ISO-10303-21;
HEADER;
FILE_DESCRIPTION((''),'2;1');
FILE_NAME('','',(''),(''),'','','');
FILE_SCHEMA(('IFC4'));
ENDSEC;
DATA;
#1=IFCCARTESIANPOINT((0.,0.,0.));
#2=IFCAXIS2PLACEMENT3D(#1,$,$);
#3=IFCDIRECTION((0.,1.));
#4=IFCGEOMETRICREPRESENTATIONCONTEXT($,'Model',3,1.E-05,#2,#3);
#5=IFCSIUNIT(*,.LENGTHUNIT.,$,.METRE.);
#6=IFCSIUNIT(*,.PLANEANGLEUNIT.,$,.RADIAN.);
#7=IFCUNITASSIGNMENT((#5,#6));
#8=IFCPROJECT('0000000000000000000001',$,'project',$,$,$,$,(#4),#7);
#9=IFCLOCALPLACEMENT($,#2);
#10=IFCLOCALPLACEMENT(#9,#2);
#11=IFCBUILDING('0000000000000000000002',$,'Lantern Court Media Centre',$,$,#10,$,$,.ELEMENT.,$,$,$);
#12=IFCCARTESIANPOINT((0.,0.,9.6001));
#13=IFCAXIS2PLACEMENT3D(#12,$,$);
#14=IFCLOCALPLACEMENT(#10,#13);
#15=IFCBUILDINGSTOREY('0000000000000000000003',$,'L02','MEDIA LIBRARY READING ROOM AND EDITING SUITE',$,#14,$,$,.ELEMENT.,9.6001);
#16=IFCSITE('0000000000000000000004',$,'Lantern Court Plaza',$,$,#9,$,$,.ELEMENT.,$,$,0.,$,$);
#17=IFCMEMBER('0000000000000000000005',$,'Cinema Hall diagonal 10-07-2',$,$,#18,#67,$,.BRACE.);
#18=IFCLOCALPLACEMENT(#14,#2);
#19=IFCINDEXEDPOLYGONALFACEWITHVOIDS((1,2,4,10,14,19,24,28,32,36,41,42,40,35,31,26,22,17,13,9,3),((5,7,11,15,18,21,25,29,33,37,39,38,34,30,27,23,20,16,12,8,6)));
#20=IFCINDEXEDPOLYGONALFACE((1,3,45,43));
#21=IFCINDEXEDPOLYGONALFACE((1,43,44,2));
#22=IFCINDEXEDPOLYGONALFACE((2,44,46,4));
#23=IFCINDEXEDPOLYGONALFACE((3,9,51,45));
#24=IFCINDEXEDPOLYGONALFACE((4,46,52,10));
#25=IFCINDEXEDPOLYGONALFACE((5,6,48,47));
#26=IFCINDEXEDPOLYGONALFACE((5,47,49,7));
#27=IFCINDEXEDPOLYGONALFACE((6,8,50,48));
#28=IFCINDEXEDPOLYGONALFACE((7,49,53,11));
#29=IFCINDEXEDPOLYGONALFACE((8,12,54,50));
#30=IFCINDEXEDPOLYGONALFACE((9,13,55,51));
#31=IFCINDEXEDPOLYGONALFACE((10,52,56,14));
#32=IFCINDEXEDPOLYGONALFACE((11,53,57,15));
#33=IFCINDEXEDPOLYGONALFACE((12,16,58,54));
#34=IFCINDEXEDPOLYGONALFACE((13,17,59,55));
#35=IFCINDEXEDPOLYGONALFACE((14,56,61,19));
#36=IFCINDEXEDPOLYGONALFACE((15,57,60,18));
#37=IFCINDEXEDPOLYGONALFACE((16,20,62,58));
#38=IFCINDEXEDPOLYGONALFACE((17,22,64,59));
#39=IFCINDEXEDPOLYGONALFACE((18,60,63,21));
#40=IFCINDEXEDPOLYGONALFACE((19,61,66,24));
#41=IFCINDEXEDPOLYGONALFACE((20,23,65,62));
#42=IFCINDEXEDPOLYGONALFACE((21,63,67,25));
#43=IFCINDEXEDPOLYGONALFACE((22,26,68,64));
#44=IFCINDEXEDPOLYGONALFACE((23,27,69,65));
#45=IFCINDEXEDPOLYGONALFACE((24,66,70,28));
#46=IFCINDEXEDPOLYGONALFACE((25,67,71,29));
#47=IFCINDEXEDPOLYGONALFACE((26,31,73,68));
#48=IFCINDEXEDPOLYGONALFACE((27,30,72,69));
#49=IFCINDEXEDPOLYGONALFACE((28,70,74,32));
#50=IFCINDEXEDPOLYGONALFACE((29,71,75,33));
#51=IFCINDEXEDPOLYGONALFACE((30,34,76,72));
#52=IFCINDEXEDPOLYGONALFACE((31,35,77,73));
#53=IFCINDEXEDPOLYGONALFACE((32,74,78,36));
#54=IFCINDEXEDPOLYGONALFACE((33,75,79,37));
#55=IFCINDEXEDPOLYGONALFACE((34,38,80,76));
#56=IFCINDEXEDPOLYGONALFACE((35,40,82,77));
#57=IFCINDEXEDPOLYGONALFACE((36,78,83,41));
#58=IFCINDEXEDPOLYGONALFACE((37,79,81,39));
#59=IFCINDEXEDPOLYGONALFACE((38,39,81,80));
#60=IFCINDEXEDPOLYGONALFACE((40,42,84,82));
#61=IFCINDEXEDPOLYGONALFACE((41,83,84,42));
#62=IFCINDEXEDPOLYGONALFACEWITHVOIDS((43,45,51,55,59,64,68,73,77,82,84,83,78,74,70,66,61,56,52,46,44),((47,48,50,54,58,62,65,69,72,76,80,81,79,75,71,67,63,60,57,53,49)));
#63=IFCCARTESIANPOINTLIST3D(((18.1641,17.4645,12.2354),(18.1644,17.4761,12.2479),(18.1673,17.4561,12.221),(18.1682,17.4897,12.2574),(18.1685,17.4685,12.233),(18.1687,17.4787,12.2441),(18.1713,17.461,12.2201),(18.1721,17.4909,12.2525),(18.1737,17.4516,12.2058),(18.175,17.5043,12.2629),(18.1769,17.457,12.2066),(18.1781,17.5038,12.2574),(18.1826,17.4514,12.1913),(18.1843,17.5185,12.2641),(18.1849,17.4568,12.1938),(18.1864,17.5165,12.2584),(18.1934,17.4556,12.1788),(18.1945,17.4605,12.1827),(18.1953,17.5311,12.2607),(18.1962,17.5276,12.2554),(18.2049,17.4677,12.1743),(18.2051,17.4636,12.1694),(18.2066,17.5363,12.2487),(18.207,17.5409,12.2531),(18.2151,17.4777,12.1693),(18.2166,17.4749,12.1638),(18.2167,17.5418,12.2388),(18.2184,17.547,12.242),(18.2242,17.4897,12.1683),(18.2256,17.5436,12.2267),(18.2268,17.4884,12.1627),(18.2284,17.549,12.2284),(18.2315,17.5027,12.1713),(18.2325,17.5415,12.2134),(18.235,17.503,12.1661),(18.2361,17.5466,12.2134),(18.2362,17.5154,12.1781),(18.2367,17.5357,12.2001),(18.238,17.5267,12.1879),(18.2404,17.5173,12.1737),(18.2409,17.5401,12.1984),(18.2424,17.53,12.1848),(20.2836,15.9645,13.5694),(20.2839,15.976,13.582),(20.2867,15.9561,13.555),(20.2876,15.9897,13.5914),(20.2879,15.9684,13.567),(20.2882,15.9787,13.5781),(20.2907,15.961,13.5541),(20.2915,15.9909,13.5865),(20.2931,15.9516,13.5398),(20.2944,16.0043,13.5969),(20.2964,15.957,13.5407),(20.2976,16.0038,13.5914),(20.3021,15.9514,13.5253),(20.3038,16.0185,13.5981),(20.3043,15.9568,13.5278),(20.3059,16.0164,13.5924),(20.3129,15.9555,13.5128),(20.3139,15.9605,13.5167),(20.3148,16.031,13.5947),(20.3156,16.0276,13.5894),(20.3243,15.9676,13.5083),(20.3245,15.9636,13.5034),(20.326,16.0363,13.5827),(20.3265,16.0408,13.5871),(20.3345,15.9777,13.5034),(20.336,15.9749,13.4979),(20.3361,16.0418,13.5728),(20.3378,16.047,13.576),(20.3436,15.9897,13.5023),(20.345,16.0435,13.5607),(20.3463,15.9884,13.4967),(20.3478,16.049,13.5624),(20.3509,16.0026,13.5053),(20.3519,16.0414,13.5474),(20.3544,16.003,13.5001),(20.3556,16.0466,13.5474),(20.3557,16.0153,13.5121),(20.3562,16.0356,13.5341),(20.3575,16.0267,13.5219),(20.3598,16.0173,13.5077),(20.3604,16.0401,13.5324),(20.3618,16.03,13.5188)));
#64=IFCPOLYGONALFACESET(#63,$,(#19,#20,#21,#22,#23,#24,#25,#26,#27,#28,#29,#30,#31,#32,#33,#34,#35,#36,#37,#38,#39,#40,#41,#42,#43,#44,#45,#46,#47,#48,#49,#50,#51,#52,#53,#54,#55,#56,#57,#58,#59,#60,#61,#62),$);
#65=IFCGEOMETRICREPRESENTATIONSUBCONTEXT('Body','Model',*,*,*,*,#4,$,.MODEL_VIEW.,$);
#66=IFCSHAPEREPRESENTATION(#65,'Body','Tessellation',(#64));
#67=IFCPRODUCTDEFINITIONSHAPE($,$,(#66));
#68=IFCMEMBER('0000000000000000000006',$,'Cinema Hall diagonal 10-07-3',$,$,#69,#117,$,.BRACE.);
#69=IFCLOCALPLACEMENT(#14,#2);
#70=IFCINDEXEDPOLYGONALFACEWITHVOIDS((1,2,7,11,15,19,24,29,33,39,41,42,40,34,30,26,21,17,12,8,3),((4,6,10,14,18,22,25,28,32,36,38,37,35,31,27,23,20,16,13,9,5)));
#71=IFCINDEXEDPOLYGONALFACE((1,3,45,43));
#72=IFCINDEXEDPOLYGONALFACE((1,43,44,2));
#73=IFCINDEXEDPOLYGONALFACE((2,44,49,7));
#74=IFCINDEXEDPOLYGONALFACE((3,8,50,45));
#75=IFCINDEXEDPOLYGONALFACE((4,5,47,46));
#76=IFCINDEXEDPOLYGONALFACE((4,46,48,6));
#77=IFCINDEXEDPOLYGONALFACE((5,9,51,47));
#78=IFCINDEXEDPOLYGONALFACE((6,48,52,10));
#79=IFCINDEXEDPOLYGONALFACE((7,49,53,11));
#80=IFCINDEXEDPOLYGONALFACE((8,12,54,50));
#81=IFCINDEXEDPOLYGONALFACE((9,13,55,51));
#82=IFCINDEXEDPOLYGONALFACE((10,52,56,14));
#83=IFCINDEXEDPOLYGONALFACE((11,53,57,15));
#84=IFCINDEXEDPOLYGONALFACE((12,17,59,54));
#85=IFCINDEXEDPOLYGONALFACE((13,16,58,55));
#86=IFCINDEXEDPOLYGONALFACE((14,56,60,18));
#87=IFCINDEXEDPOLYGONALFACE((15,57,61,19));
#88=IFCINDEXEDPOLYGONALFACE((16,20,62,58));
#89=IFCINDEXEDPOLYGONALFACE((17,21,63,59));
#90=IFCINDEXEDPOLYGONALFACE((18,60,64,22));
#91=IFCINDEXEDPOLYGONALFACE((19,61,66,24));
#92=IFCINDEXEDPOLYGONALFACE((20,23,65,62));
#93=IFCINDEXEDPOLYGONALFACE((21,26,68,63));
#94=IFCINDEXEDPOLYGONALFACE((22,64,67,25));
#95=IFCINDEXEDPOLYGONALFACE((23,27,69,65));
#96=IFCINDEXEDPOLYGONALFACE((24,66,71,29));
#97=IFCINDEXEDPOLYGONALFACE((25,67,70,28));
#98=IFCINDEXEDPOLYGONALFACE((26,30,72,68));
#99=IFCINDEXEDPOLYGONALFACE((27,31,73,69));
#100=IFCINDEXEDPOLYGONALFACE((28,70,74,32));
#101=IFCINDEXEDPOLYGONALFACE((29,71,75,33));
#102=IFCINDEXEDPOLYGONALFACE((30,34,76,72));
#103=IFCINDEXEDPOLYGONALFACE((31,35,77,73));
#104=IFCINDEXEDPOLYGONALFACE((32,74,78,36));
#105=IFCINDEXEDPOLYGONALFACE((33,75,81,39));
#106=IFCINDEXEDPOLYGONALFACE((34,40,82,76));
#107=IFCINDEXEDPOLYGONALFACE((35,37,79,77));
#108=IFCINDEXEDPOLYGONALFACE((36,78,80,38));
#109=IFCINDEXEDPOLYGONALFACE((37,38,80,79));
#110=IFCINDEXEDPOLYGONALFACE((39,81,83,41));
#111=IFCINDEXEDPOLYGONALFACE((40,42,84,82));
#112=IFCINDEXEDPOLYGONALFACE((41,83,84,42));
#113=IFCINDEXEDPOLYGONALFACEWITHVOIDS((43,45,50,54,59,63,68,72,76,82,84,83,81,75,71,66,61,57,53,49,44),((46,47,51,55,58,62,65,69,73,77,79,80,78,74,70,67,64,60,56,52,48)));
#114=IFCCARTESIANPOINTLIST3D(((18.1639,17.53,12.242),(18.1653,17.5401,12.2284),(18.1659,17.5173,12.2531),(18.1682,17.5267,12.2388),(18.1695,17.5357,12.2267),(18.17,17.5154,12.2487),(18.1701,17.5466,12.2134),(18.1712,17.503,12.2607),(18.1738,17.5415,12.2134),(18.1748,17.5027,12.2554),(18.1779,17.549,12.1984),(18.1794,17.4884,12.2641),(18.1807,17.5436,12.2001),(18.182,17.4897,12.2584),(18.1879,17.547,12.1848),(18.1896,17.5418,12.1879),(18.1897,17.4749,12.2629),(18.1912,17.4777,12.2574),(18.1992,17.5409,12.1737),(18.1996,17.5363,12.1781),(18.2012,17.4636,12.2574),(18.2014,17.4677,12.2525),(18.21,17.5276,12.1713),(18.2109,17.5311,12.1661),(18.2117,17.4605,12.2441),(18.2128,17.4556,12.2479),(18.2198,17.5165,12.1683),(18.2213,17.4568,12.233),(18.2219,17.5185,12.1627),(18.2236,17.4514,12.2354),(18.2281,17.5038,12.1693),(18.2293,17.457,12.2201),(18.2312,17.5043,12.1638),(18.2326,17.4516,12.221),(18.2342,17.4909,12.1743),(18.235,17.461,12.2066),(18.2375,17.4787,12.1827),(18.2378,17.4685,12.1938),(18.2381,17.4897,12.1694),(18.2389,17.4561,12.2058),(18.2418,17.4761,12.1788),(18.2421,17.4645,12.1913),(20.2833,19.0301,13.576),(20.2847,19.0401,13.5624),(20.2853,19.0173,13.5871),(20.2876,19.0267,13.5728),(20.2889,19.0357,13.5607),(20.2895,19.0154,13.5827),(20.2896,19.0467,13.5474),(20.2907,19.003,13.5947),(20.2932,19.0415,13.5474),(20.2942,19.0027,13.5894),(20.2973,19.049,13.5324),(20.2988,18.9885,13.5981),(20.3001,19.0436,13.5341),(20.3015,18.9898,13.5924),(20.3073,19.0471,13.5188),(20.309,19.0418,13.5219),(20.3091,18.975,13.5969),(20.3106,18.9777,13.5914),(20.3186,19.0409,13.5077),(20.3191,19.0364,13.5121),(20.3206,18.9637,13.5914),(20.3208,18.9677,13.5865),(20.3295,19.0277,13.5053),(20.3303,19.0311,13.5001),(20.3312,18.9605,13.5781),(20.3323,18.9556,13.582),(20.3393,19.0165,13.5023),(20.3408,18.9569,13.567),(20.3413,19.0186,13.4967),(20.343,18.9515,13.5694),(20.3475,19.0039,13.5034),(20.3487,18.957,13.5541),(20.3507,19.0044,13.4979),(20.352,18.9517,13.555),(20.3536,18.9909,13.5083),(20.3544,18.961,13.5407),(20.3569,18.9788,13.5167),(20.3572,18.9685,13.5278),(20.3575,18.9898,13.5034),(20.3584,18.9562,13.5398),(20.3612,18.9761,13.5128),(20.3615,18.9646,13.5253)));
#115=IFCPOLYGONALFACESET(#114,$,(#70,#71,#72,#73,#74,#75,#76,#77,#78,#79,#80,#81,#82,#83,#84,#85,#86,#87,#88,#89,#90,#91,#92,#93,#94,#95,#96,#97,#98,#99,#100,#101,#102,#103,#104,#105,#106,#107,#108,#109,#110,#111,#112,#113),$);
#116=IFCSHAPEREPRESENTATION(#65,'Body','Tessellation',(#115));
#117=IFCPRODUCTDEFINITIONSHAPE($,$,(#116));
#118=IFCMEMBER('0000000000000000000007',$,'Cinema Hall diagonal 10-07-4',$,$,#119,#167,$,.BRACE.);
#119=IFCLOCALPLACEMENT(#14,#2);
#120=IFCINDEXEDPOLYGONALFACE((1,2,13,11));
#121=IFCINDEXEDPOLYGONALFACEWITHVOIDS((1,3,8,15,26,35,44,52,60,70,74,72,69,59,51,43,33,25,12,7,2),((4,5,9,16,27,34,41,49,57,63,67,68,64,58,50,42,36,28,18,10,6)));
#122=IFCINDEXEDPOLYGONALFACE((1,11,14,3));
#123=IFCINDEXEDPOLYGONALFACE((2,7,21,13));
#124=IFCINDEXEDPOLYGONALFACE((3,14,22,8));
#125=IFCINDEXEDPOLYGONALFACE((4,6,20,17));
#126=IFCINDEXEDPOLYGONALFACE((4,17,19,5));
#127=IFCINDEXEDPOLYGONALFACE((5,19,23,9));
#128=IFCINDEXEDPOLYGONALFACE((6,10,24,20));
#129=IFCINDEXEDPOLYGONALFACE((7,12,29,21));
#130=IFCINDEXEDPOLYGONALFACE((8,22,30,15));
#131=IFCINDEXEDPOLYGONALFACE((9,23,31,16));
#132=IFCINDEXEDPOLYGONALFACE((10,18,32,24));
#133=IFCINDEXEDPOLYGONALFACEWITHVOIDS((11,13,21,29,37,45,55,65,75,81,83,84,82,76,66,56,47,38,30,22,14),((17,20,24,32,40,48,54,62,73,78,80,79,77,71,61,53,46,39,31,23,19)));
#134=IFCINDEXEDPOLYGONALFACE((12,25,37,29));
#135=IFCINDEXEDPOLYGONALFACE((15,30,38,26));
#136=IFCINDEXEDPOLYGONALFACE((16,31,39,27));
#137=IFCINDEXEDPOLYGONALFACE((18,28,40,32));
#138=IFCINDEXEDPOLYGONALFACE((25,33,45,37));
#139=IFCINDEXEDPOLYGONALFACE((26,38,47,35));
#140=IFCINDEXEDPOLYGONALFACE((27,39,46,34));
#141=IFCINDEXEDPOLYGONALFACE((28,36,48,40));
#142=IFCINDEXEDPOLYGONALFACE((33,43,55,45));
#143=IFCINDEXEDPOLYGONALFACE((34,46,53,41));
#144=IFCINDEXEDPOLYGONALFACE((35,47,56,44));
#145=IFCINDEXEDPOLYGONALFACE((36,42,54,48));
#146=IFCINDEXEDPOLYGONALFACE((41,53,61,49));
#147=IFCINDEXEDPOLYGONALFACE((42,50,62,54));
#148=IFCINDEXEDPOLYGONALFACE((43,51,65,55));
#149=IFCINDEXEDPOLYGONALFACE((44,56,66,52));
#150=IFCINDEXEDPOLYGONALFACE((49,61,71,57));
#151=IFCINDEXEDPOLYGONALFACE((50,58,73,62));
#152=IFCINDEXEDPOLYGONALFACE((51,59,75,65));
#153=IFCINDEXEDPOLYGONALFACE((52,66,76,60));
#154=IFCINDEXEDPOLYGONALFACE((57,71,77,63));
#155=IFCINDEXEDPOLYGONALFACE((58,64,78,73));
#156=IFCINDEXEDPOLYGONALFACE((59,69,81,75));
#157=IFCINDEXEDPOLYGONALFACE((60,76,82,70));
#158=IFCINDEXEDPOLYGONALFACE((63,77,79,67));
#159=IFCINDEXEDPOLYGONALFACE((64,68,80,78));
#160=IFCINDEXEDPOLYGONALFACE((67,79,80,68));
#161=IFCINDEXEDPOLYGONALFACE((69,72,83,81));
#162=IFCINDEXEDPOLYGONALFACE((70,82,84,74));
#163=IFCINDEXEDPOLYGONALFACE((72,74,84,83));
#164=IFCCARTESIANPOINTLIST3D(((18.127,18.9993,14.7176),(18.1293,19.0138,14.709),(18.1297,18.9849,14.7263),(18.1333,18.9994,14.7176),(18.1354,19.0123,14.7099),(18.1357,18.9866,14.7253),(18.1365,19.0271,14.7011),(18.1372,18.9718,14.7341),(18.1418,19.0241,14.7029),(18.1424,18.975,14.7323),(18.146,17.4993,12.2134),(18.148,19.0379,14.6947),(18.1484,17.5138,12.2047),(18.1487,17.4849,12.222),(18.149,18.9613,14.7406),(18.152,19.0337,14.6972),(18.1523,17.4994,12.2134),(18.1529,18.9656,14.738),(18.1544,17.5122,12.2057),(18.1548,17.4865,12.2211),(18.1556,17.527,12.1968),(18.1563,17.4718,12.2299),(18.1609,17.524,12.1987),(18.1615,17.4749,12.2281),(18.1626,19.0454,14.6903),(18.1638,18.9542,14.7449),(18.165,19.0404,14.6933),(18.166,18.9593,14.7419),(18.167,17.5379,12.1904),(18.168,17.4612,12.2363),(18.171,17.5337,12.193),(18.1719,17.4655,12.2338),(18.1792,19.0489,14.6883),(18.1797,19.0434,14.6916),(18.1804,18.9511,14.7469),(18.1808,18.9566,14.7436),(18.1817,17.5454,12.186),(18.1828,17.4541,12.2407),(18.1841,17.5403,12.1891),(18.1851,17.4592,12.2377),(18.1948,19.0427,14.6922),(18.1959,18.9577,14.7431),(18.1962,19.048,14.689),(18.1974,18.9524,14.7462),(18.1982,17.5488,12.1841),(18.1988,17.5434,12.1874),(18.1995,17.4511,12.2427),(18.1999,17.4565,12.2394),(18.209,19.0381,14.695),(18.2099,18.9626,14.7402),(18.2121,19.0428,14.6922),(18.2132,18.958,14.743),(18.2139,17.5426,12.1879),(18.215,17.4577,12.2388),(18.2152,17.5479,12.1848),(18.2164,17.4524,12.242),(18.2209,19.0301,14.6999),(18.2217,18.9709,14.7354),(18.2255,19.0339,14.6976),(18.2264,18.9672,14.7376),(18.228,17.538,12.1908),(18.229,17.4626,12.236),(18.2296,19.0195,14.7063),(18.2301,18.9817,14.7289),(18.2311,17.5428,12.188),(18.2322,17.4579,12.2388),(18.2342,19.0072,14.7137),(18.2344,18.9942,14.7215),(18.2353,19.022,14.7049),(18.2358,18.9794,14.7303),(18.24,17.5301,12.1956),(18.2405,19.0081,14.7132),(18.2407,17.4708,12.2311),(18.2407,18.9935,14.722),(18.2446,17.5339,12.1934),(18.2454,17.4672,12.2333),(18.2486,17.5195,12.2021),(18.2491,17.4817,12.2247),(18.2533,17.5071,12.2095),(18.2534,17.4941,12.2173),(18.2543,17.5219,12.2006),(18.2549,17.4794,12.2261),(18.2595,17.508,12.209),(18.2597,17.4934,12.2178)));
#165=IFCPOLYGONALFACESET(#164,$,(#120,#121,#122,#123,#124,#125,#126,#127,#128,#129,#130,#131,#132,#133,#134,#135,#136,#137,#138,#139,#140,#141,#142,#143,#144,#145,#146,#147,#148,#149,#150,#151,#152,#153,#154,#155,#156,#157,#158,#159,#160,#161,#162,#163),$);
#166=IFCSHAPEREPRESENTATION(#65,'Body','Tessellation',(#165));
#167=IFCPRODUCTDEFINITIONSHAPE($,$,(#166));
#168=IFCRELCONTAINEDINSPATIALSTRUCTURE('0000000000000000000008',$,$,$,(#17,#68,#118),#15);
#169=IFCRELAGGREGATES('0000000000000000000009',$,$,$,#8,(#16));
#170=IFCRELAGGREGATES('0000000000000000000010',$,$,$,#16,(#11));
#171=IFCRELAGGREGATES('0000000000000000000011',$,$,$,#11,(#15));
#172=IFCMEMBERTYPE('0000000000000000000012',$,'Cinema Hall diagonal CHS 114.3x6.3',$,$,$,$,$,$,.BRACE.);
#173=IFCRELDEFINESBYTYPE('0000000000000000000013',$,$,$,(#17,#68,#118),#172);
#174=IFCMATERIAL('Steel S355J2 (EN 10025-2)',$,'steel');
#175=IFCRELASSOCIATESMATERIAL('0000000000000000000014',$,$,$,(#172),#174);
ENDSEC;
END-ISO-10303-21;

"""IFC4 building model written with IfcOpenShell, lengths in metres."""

from ifc_helpers import new_model, si_unit, direction, frame, origin, origin_2d, place, context, subcontext, project, spatial, hollow_circle, extrude, material, material_profile, profile_set, type_object, element, save


model = new_model("IFC4")

# Units and contexts
model_context = context("Model", 3, precision=1e-05, world=origin(), true_north=direction((0.0, 1.0)))
body_context = subcontext(model_context, "Body", "Model", "MODEL_VIEW")
ifc_project = project(units=[si_unit("LENGTHUNIT", "METRE"), si_unit("PLANEANGLEUNIT", "RADIAN")], contexts=[model_context])

# Site, building, storey
site_placement = place(None, origin())
site = spatial("IfcSite", under=ifc_project, at=site_placement, Name="Lantern Court Plaza", CompositionType="ELEMENT", RefElevation=0.0)
building_placement = place(site_placement, origin())
building = spatial("IfcBuilding", under=site, at=building_placement, Name="Lantern Court Media Centre", CompositionType="ELEMENT")
storey_placement = place(building_placement, frame((0.0, 0.0, 9.6001)))
storey = spatial("IfcBuildingStorey", under=building, at=storey_placement, Name="L02", Description="MEDIA LIBRARY READING ROOM AND EDITING SUITE", CompositionType="ELEMENT", Elevation=9.6001)

# Members
ifc_material = material(Name="Steel S355J2 (EN 10025-2)", Category="steel")
ifc_material_profile_1 = material_profile(ifc_material, hollow_circle(Radius=0.0571, WallThickness=0.0063, at=origin_2d()), Name="Cinema Hall diagonal CHS 114.3x6.3")
ifc_profile_set_1 = profile_set([ifc_material_profile_1], Name="Steel S355J2 (EN 10025-2)")
member_type_1 = type_object("IfcMemberType", Name="Cinema Hall diagonal CHS 114.3x6.3", PredefinedType="BRACE", material=ifc_profile_set_1)
for number, where, z_axis, x_axis, name in (
    (1, (18.2031, 17.5, 12.2134), (0.726034, -0.513852, 0.45698), (0.577702, 0.816248, 0.0), "Cinema Hall diagonal 10-07-2"),
    (2, (18.2031, 17.5, 12.2134), (0.726034, 0.513852, 0.45698), (-0.577702, 0.816248, 0.0), "Cinema Hall diagonal 10-07-3"),
    (3, (18.2031, 17.5, 12.2134), (-0.006524, 0.513857, 0.857851), (-0.999919, -0.012694, 0.0), "Cinema Hall diagonal 10-07-4"),
):
    element("IfcMember", number, at=place(storey_placement, frame(where, z_axis=z_axis, x_axis=x_axis)), inside=storey, type_object=member_type_1, Name=name, PredefinedType="BRACE", context=body_context, shape_type="SweptSolid", body=[
        extrude(hollow_circle(Radius=0.0571, WallThickness=0.0063, at=origin_2d()), origin(), (0.0, 0.0, 1.0), 2.9192),
    ])

save(model, "model.ifc")
